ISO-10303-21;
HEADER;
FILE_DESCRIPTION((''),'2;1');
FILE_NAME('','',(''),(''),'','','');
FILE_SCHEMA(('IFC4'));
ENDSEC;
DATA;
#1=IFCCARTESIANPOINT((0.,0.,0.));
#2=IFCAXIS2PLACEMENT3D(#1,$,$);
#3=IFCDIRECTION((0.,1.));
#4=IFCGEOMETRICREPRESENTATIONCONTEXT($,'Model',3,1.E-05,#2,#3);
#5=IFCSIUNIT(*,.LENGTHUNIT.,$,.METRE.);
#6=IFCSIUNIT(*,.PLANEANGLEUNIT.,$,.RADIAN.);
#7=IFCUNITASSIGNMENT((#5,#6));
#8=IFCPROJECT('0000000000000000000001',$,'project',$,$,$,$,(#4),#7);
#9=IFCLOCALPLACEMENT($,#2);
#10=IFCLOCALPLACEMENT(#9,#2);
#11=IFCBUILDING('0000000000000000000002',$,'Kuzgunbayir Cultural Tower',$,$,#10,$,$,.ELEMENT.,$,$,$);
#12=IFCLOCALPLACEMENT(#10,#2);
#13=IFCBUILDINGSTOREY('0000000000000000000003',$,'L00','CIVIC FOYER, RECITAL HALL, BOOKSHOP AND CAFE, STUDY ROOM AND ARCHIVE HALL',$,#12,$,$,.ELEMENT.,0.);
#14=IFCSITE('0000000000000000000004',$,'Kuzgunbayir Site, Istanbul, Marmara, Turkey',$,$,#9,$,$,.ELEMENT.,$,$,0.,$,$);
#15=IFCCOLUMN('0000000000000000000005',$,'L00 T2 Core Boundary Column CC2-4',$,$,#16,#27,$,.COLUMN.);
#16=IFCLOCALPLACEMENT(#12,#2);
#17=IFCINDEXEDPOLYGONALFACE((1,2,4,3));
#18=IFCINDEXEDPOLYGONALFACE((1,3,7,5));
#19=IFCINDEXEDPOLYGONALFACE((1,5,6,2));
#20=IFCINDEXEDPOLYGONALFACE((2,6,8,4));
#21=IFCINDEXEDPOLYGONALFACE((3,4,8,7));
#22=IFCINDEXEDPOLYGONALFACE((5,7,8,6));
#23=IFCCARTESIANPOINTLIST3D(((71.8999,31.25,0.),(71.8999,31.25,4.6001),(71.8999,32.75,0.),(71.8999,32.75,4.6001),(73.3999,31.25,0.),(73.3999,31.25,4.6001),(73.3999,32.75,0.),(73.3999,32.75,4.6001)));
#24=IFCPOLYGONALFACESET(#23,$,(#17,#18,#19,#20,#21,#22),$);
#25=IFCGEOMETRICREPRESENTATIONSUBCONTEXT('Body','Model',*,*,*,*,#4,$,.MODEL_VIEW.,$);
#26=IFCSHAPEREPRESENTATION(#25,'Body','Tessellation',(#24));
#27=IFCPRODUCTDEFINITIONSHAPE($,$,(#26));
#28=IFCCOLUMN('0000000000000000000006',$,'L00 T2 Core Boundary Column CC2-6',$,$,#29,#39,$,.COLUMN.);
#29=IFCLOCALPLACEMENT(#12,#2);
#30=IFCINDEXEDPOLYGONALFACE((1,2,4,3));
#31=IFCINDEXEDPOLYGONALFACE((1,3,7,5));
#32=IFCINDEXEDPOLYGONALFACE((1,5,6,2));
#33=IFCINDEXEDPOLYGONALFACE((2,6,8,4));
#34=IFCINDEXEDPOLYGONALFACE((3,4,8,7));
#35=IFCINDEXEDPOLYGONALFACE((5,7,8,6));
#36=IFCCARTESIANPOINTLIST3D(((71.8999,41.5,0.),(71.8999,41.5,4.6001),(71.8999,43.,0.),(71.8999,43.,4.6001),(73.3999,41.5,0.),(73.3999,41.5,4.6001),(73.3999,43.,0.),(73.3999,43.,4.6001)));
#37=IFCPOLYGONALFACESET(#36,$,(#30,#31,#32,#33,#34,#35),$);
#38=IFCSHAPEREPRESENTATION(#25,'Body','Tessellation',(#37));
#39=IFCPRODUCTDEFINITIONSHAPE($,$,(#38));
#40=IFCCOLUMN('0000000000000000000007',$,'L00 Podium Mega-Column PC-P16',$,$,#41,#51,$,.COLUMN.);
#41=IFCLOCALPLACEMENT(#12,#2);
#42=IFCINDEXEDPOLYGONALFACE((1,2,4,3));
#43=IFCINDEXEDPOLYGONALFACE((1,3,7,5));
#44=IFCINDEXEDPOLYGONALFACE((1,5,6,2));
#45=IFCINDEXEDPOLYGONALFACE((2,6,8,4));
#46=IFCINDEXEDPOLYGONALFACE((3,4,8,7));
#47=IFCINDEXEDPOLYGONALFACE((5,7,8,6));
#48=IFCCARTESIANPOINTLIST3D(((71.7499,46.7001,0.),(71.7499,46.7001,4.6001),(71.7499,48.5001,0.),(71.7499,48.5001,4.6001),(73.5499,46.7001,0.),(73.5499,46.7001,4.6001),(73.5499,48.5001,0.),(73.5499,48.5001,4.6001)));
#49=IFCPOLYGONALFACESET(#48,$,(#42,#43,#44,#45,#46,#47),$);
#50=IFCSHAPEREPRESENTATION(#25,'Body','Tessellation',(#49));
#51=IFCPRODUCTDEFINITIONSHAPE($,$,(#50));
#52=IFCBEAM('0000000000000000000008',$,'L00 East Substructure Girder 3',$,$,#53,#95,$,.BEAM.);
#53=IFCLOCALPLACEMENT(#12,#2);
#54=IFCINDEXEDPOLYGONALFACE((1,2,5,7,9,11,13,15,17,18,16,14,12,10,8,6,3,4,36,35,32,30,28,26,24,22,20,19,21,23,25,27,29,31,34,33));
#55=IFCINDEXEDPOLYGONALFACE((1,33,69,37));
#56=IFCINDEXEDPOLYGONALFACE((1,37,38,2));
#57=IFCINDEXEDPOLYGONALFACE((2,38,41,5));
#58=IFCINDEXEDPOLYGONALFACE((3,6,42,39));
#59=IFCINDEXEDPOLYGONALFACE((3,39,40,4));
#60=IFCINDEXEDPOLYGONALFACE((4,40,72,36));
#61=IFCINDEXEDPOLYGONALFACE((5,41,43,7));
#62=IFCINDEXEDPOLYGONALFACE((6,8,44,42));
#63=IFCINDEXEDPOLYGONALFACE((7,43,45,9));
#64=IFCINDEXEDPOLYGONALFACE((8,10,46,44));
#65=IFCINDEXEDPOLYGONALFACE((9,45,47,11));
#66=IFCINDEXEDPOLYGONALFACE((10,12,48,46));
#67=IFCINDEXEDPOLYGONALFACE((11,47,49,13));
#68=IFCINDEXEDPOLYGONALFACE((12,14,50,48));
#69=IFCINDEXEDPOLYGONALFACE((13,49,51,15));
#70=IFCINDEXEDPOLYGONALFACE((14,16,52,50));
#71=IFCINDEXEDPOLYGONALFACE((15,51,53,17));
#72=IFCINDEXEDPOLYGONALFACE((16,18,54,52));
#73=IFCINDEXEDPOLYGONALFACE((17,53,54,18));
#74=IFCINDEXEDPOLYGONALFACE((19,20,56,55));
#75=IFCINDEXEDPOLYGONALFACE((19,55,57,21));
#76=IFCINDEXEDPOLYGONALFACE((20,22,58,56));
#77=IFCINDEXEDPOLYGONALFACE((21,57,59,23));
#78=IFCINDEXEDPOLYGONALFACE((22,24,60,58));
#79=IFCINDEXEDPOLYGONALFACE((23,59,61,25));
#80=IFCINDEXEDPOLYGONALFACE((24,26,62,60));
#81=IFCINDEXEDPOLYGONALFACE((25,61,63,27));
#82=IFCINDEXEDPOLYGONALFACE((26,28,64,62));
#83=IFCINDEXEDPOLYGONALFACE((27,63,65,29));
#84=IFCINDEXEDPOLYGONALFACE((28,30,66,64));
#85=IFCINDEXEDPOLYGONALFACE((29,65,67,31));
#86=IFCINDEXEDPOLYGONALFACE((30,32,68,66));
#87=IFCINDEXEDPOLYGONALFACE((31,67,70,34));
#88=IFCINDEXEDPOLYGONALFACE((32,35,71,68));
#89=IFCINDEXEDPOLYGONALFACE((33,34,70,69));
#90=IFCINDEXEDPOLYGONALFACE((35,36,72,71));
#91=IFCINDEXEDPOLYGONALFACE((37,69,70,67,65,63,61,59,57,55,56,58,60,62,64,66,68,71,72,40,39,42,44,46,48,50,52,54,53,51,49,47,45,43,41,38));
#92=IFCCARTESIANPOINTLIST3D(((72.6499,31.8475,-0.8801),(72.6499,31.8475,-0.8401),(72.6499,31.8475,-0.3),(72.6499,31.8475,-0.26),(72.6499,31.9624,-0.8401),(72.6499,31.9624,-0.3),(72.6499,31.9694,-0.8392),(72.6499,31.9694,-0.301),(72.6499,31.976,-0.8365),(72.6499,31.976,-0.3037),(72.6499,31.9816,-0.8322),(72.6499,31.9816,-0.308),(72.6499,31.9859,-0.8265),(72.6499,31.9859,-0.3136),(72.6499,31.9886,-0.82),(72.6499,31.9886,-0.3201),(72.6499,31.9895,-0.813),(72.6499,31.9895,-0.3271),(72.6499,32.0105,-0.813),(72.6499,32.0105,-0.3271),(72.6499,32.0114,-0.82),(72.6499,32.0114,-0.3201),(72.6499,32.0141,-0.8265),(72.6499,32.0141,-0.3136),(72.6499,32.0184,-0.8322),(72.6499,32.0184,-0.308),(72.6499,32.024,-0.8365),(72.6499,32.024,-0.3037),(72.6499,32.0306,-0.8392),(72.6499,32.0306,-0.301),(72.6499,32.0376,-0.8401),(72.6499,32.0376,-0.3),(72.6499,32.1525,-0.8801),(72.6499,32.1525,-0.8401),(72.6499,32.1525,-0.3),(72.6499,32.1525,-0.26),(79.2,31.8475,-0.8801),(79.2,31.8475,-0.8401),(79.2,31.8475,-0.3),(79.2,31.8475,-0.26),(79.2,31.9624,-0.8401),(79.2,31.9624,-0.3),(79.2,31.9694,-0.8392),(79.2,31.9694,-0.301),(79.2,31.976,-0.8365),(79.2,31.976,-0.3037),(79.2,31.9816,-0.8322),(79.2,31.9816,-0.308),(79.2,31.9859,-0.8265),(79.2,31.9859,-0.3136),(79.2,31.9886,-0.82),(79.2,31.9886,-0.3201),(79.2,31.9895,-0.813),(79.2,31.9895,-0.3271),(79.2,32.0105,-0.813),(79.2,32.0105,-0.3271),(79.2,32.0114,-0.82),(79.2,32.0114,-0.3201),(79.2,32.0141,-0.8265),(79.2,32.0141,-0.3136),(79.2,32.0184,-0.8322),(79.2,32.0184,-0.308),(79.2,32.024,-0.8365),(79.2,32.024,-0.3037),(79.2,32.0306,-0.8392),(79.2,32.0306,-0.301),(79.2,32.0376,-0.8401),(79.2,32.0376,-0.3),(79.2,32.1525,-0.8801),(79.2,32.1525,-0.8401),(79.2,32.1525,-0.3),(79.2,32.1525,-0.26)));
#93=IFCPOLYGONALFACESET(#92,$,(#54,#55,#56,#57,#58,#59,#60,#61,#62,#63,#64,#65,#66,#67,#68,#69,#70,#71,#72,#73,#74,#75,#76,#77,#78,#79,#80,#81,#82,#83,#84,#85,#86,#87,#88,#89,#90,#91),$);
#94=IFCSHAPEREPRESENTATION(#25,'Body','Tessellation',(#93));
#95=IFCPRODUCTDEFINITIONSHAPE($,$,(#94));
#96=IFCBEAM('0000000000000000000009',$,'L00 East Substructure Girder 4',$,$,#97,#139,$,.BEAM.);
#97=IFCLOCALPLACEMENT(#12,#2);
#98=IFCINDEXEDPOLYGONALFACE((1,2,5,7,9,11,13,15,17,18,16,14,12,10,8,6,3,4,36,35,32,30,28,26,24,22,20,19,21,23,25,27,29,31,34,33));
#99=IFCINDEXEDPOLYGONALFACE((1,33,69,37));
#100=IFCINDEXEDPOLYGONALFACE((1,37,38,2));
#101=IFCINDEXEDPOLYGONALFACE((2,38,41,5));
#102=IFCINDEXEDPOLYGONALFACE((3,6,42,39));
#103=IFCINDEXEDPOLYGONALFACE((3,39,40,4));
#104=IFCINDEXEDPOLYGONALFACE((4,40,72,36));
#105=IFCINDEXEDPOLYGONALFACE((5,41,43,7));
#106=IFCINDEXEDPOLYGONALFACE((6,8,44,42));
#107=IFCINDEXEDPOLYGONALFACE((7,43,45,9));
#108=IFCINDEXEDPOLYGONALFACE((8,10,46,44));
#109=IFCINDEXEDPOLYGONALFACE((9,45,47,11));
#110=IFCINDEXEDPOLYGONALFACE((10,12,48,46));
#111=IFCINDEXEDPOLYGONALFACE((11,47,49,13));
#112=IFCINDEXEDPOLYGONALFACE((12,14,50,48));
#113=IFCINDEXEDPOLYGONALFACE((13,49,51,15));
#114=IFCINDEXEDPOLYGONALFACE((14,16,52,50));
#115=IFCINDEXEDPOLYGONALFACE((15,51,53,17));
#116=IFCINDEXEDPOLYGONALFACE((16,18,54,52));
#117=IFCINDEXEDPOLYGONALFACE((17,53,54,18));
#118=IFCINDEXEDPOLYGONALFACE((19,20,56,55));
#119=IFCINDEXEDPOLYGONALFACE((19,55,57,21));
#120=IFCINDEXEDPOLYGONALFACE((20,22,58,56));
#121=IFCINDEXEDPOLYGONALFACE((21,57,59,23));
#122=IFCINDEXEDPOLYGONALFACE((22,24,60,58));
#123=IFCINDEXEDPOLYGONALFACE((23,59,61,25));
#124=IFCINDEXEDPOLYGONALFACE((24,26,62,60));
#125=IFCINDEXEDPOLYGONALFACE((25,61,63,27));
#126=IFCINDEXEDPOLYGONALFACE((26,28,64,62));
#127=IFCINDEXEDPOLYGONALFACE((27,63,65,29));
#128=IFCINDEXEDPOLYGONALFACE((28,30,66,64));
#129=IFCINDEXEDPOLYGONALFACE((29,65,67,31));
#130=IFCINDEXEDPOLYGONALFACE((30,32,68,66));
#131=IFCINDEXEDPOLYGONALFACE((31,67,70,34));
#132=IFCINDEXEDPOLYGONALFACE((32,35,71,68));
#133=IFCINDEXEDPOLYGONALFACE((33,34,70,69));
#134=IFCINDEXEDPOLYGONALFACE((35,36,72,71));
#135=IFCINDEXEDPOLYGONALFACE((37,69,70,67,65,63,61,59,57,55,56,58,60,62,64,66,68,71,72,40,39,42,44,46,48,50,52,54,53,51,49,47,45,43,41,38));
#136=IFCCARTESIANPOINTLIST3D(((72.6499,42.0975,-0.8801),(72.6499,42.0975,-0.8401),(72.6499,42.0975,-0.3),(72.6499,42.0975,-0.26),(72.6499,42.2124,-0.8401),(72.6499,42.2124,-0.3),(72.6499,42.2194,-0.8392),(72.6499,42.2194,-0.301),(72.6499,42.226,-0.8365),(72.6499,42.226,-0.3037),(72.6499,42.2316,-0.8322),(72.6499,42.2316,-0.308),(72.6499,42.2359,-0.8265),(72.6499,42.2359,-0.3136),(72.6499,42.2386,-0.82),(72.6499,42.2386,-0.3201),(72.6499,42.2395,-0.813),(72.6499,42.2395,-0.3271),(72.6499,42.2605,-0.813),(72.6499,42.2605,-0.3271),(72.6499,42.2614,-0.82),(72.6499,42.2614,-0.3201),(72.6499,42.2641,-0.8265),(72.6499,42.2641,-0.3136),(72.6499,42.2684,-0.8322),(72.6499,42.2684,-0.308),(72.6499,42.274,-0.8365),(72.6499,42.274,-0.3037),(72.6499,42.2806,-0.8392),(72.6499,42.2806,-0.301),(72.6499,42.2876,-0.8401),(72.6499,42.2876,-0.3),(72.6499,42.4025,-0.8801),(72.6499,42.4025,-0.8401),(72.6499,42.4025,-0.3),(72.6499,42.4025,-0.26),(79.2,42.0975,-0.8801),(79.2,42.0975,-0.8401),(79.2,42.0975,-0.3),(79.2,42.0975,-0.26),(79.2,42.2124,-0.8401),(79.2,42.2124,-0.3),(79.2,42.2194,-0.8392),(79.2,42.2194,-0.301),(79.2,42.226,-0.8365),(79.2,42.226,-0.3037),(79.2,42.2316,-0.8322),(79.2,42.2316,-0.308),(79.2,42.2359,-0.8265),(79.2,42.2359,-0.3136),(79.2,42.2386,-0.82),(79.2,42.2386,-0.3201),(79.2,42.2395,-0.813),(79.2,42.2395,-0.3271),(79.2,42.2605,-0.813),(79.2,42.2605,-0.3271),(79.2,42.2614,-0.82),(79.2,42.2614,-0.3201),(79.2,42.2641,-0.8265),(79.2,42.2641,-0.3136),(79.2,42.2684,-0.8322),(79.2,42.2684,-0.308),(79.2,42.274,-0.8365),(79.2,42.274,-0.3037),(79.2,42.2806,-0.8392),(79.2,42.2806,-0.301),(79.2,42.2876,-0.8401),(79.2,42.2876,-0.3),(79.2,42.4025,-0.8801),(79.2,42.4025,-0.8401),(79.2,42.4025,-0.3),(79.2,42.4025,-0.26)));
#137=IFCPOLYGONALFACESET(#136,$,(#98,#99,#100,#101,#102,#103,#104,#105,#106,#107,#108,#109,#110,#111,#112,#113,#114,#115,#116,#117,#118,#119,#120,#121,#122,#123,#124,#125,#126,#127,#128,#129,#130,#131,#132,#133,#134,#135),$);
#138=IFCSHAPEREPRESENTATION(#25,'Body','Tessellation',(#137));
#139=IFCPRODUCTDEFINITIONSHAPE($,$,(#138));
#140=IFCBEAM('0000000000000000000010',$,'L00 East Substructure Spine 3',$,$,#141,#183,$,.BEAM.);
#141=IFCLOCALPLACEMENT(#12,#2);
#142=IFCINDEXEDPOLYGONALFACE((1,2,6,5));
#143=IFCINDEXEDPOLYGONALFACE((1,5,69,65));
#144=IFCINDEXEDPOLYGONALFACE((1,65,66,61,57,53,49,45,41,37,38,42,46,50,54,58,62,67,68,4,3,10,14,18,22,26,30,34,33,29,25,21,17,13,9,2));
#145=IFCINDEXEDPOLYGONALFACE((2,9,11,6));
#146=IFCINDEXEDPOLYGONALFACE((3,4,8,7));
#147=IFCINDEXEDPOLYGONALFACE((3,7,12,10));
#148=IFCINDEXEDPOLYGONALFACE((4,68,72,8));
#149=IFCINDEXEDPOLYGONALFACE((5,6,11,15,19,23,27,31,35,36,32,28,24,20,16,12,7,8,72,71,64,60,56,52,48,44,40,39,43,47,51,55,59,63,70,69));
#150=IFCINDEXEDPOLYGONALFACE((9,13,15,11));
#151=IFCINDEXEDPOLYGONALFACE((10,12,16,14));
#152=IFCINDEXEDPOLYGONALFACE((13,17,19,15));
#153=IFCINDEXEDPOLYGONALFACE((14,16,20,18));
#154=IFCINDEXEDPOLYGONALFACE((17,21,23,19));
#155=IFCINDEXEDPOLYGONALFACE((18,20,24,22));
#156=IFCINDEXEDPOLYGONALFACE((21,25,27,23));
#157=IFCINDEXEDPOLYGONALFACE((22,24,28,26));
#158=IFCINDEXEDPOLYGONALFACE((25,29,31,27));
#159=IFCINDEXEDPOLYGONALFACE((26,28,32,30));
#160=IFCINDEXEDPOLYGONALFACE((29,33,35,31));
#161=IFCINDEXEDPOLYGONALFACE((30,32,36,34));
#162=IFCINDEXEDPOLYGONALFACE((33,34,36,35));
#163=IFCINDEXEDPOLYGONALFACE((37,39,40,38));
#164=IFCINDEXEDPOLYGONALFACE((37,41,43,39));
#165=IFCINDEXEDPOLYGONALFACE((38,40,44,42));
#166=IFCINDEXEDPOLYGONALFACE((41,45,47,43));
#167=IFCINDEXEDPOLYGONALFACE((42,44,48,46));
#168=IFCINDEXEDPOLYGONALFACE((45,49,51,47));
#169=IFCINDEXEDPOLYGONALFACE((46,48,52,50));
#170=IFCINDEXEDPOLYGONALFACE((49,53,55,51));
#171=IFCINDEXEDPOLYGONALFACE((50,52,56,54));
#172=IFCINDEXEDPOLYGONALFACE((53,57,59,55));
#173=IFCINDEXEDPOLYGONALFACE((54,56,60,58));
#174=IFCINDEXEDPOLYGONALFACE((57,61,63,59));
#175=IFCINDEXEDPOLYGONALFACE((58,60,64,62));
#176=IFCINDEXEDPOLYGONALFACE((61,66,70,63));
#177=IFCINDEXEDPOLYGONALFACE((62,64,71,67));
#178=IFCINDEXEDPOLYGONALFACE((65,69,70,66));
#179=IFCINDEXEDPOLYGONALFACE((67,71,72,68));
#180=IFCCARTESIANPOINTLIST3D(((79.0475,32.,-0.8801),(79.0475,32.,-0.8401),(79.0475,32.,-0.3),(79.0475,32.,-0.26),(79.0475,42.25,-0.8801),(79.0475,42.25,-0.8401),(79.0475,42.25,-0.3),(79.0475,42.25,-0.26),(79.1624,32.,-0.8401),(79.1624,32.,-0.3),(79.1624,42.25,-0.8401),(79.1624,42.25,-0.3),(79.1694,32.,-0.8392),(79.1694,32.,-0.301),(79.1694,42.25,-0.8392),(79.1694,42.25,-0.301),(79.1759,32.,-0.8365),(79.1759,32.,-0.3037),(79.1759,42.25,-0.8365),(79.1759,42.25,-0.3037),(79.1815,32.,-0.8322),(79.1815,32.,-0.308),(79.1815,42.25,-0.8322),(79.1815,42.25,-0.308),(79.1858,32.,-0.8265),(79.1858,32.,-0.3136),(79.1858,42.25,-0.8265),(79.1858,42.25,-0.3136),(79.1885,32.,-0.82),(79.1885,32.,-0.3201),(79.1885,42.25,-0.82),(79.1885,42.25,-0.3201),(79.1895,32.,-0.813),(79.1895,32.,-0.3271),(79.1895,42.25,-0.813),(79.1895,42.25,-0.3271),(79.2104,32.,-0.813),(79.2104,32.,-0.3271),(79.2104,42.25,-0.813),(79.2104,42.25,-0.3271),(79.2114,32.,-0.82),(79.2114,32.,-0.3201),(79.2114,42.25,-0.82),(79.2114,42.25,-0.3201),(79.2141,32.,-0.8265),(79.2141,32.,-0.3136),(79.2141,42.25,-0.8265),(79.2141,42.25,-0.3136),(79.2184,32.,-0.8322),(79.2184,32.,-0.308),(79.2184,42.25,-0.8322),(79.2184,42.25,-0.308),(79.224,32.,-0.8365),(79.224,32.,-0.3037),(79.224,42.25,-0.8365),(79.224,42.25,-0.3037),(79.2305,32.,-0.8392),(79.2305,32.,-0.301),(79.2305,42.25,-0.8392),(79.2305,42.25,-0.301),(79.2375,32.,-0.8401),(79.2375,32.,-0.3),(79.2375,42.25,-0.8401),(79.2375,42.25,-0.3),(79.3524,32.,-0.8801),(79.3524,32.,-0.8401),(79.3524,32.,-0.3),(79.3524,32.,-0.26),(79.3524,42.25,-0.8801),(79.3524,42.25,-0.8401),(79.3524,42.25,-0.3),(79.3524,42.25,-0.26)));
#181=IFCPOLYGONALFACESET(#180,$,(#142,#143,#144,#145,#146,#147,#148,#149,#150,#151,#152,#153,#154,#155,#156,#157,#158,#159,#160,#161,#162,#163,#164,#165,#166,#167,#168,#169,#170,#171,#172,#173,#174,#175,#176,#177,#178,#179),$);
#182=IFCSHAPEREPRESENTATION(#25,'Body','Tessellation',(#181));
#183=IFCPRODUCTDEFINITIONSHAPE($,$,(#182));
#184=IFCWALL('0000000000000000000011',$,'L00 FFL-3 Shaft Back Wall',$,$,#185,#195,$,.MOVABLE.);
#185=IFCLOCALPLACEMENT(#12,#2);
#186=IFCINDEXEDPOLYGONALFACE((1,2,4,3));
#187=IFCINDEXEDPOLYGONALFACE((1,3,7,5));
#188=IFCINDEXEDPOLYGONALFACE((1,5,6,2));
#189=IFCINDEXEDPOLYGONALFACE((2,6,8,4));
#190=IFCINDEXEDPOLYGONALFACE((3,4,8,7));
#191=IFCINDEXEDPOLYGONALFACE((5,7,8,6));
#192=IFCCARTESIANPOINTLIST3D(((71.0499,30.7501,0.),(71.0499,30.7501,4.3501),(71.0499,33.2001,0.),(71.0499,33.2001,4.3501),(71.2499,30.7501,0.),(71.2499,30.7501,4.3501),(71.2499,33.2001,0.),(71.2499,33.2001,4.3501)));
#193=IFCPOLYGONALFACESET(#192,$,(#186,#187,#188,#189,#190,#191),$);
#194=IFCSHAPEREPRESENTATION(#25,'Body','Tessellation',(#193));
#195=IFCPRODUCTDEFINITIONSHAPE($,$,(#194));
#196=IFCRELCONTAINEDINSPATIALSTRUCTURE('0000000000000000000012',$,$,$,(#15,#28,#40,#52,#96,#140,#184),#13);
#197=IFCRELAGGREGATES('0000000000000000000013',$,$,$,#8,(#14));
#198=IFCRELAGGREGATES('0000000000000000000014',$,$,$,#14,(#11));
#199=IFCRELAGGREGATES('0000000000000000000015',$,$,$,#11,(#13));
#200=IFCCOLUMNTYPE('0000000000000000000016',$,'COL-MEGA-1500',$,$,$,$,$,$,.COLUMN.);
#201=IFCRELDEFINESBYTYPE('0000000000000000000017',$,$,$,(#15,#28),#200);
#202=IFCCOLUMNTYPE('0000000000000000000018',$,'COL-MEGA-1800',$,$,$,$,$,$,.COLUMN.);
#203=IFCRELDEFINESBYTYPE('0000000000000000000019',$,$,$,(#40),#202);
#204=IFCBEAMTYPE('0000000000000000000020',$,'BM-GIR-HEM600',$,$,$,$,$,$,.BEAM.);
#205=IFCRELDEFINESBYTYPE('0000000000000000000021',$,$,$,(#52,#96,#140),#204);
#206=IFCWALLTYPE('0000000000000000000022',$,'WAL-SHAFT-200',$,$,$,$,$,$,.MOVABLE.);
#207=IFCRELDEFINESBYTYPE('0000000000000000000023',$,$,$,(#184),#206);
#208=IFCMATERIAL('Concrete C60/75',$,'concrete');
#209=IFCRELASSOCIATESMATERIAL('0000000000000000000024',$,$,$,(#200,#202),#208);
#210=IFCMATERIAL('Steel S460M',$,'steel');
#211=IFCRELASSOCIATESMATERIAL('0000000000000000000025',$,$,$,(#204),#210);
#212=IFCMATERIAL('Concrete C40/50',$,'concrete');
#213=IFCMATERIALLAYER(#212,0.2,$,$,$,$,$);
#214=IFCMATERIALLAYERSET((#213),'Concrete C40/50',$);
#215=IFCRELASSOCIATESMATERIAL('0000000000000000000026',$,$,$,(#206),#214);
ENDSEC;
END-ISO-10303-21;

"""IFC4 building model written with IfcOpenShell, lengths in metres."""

from ifc_helpers import new_model, si_unit, direction, frame, frame_2d, origin, origin_2d, place, context, subcontext, project, spatial, rectangle, i_section, extrude, material, layer, layer_set, material_profile, profile_set, type_object, element, save


model = new_model("IFC4")

# Units and contexts
model_context = context("Model", 3, precision=1e-05, world=origin(), true_north=direction((0.0, 1.0)))
body_context = subcontext(model_context, "Body", "Model", "MODEL_VIEW")
ifc_project = project(units=[si_unit("LENGTHUNIT", "METRE"), si_unit("PLANEANGLEUNIT", "RADIAN")], contexts=[model_context])

# Site, building, storey
site_placement = place(None, origin())
site = spatial("IfcSite", under=ifc_project, at=site_placement, Name="Kuzgunbayir Site, Istanbul, Marmara, Turkey", CompositionType="ELEMENT", RefElevation=0.0)
building_placement = place(site_placement, origin())
building = spatial("IfcBuilding", under=site, at=building_placement, Name="Kuzgunbayir Cultural Tower", CompositionType="ELEMENT")
storey_placement = place(building_placement, origin())
storey = spatial("IfcBuildingStorey", under=building, at=storey_placement, Name="L00", Description="CIVIC FOYER, RECITAL HALL, BOOKSHOP AND CAFE, STUDY ROOM AND ARCHIVE HALL", CompositionType="ELEMENT", Elevation=0.0)

# Columns
ifc_material_1 = material(Name="Concrete C60/75", Category="concrete")
ifc_material_profile_1 = material_profile(ifc_material_1, rectangle(XDim=1.5, YDim=1.5, at=origin_2d()), Name="RC 1500x1500")
ifc_profile_set_1 = profile_set([ifc_material_profile_1], Name="Concrete C60/75")
column_type_1 = type_object("IfcColumnType", Name="COL-MEGA-1500", PredefinedType="COLUMN", material=ifc_profile_set_1)
for number, where, z_axis, x_axis, name in (
    (1, (72.6499, 32.0, 0.0), (0.0, 0.0, 1.0), (1.0, 0.0, 0.0), "L00 T2 Core Boundary Column CC2-4"),
    (2, (72.6499, 42.25, 0.0), (0.0, 0.0, 1.0), (1.0, 0.0, 0.0), "L00 T2 Core Boundary Column CC2-6"),
):
    element("IfcColumn", number, at=place(storey_placement, frame(where, z_axis=z_axis, x_axis=x_axis)), inside=storey, type_object=column_type_1, Name=name, PredefinedType="COLUMN", context=body_context, shape_type="SweptSolid", body=[
        extrude(rectangle(XDim=1.5, YDim=1.5, at=origin_2d()), origin(), (0.0, 0.0, 1.0), 4.6001),
    ])
ifc_material_profile_2 = material_profile(ifc_material_1, rectangle(XDim=1.8, YDim=1.8, at=origin_2d()), Name="RC 1800x1800")
ifc_profile_set_2 = profile_set([ifc_material_profile_2], Name="Concrete C60/75")
column_type_2 = type_object("IfcColumnType", Name="COL-MEGA-1800", PredefinedType="COLUMN", material=ifc_profile_set_2)
column_placement = place(storey_placement, frame((72.6499, 47.6001, 0.0), z_axis=(0.0, 0.0, 1.0), x_axis=(1.0, 0.0, 0.0)))
element("IfcColumn", 3, at=column_placement, inside=storey, type_object=column_type_2, Name="L00 Podium Mega-Column PC-P16", PredefinedType="COLUMN", context=body_context, shape_type="SweptSolid", body=[
    extrude(rectangle(XDim=1.8, YDim=1.8, at=origin_2d()), origin(), (0.0, 0.0, 1.0), 4.6001),
])

# Beams
ifc_material_2 = material(Name="Steel S460M", Category="steel")
ifc_material_profile_3 = material_profile(ifc_material_2, i_section(OverallWidth=0.3049, OverallDepth=0.6201, WebThickness=0.021, FlangeThickness=0.04, FilletRadius=0.0271, at=origin_2d()), Name="HEM 600")
ifc_profile_set_3 = profile_set([ifc_material_profile_3], Name="Steel S460M")
beam_type = type_object("IfcBeamType", Name="BM-GIR-HEM600", PredefinedType="BEAM", material=ifc_profile_set_3)
for number, where, z_axis, x_axis, name in (
    (4, (72.6499, 32.0, -0.5701), (1.0, 0.0, 0.0), (0.0, 1.0, 0.0), "L00 East Substructure Girder 3"),
    (5, (72.6499, 42.25, -0.5701), (1.0, 0.0, 0.0), (0.0, 1.0, 0.0), "L00 East Substructure Girder 4"),
):
    element("IfcBeam", number, at=place(storey_placement, frame(where, z_axis=z_axis, x_axis=x_axis)), inside=storey, type_object=beam_type, Name=name, PredefinedType="BEAM", context=body_context, shape_type="SweptSolid", body=[
        extrude(i_section(OverallWidth=0.3049, OverallDepth=0.6201, WebThickness=0.021, FlangeThickness=0.04, FilletRadius=0.0271, at=origin_2d()), origin(), (0.0, 0.0, 1.0), 6.55),
    ])
beam_placement = place(storey_placement, frame((79.2, 32.0, -0.5701), z_axis=(0.0, 1.0, 0.0), x_axis=(-1.0, 0.0, 0.0)))
element("IfcBeam", 6, at=beam_placement, inside=storey, type_object=beam_type, Name="L00 East Substructure Spine 3", PredefinedType="BEAM", context=body_context, shape_type="SweptSolid", body=[
    extrude(i_section(OverallWidth=0.3049, OverallDepth=0.6201, WebThickness=0.021, FlangeThickness=0.04, FilletRadius=0.0271, at=origin_2d()), origin(), (0.0, 0.0, 1.0), 10.25),
])

# Shared definitions
ifc_material_3 = material(Name="Concrete C40/50", Category="concrete")
ifc_layer_1 = layer(ifc_material_3, 0.2)
ifc_layer_set_1 = layer_set([ifc_layer_1], Name="Concrete C40/50")
wall_type_1 = type_object("IfcWallType", Name="WAL-SHAFT-200", PredefinedType="MOVABLE", material=ifc_layer_set_1)

# Wall
wall_1_placement = place(storey_placement, frame((71.1499, 30.75, 0.0), z_axis=(0.0, 0.0, 1.0), x_axis=(0.0, 1.0, 0.0)))
element("IfcWall", 7, at=wall_1_placement, inside=storey, type_object=wall_type_1, Name="L00 FFL-3 Shaft Back Wall", PredefinedType="MOVABLE", context=body_context, shape_type="SweptSolid", body=[
    extrude(rectangle(XDim=2.45, YDim=0.2, at=frame_2d((1.2251, 0.0))), origin(), (0.0, 0.0, 1.0), 4.3501),
])

save(model, "model.ifc")
